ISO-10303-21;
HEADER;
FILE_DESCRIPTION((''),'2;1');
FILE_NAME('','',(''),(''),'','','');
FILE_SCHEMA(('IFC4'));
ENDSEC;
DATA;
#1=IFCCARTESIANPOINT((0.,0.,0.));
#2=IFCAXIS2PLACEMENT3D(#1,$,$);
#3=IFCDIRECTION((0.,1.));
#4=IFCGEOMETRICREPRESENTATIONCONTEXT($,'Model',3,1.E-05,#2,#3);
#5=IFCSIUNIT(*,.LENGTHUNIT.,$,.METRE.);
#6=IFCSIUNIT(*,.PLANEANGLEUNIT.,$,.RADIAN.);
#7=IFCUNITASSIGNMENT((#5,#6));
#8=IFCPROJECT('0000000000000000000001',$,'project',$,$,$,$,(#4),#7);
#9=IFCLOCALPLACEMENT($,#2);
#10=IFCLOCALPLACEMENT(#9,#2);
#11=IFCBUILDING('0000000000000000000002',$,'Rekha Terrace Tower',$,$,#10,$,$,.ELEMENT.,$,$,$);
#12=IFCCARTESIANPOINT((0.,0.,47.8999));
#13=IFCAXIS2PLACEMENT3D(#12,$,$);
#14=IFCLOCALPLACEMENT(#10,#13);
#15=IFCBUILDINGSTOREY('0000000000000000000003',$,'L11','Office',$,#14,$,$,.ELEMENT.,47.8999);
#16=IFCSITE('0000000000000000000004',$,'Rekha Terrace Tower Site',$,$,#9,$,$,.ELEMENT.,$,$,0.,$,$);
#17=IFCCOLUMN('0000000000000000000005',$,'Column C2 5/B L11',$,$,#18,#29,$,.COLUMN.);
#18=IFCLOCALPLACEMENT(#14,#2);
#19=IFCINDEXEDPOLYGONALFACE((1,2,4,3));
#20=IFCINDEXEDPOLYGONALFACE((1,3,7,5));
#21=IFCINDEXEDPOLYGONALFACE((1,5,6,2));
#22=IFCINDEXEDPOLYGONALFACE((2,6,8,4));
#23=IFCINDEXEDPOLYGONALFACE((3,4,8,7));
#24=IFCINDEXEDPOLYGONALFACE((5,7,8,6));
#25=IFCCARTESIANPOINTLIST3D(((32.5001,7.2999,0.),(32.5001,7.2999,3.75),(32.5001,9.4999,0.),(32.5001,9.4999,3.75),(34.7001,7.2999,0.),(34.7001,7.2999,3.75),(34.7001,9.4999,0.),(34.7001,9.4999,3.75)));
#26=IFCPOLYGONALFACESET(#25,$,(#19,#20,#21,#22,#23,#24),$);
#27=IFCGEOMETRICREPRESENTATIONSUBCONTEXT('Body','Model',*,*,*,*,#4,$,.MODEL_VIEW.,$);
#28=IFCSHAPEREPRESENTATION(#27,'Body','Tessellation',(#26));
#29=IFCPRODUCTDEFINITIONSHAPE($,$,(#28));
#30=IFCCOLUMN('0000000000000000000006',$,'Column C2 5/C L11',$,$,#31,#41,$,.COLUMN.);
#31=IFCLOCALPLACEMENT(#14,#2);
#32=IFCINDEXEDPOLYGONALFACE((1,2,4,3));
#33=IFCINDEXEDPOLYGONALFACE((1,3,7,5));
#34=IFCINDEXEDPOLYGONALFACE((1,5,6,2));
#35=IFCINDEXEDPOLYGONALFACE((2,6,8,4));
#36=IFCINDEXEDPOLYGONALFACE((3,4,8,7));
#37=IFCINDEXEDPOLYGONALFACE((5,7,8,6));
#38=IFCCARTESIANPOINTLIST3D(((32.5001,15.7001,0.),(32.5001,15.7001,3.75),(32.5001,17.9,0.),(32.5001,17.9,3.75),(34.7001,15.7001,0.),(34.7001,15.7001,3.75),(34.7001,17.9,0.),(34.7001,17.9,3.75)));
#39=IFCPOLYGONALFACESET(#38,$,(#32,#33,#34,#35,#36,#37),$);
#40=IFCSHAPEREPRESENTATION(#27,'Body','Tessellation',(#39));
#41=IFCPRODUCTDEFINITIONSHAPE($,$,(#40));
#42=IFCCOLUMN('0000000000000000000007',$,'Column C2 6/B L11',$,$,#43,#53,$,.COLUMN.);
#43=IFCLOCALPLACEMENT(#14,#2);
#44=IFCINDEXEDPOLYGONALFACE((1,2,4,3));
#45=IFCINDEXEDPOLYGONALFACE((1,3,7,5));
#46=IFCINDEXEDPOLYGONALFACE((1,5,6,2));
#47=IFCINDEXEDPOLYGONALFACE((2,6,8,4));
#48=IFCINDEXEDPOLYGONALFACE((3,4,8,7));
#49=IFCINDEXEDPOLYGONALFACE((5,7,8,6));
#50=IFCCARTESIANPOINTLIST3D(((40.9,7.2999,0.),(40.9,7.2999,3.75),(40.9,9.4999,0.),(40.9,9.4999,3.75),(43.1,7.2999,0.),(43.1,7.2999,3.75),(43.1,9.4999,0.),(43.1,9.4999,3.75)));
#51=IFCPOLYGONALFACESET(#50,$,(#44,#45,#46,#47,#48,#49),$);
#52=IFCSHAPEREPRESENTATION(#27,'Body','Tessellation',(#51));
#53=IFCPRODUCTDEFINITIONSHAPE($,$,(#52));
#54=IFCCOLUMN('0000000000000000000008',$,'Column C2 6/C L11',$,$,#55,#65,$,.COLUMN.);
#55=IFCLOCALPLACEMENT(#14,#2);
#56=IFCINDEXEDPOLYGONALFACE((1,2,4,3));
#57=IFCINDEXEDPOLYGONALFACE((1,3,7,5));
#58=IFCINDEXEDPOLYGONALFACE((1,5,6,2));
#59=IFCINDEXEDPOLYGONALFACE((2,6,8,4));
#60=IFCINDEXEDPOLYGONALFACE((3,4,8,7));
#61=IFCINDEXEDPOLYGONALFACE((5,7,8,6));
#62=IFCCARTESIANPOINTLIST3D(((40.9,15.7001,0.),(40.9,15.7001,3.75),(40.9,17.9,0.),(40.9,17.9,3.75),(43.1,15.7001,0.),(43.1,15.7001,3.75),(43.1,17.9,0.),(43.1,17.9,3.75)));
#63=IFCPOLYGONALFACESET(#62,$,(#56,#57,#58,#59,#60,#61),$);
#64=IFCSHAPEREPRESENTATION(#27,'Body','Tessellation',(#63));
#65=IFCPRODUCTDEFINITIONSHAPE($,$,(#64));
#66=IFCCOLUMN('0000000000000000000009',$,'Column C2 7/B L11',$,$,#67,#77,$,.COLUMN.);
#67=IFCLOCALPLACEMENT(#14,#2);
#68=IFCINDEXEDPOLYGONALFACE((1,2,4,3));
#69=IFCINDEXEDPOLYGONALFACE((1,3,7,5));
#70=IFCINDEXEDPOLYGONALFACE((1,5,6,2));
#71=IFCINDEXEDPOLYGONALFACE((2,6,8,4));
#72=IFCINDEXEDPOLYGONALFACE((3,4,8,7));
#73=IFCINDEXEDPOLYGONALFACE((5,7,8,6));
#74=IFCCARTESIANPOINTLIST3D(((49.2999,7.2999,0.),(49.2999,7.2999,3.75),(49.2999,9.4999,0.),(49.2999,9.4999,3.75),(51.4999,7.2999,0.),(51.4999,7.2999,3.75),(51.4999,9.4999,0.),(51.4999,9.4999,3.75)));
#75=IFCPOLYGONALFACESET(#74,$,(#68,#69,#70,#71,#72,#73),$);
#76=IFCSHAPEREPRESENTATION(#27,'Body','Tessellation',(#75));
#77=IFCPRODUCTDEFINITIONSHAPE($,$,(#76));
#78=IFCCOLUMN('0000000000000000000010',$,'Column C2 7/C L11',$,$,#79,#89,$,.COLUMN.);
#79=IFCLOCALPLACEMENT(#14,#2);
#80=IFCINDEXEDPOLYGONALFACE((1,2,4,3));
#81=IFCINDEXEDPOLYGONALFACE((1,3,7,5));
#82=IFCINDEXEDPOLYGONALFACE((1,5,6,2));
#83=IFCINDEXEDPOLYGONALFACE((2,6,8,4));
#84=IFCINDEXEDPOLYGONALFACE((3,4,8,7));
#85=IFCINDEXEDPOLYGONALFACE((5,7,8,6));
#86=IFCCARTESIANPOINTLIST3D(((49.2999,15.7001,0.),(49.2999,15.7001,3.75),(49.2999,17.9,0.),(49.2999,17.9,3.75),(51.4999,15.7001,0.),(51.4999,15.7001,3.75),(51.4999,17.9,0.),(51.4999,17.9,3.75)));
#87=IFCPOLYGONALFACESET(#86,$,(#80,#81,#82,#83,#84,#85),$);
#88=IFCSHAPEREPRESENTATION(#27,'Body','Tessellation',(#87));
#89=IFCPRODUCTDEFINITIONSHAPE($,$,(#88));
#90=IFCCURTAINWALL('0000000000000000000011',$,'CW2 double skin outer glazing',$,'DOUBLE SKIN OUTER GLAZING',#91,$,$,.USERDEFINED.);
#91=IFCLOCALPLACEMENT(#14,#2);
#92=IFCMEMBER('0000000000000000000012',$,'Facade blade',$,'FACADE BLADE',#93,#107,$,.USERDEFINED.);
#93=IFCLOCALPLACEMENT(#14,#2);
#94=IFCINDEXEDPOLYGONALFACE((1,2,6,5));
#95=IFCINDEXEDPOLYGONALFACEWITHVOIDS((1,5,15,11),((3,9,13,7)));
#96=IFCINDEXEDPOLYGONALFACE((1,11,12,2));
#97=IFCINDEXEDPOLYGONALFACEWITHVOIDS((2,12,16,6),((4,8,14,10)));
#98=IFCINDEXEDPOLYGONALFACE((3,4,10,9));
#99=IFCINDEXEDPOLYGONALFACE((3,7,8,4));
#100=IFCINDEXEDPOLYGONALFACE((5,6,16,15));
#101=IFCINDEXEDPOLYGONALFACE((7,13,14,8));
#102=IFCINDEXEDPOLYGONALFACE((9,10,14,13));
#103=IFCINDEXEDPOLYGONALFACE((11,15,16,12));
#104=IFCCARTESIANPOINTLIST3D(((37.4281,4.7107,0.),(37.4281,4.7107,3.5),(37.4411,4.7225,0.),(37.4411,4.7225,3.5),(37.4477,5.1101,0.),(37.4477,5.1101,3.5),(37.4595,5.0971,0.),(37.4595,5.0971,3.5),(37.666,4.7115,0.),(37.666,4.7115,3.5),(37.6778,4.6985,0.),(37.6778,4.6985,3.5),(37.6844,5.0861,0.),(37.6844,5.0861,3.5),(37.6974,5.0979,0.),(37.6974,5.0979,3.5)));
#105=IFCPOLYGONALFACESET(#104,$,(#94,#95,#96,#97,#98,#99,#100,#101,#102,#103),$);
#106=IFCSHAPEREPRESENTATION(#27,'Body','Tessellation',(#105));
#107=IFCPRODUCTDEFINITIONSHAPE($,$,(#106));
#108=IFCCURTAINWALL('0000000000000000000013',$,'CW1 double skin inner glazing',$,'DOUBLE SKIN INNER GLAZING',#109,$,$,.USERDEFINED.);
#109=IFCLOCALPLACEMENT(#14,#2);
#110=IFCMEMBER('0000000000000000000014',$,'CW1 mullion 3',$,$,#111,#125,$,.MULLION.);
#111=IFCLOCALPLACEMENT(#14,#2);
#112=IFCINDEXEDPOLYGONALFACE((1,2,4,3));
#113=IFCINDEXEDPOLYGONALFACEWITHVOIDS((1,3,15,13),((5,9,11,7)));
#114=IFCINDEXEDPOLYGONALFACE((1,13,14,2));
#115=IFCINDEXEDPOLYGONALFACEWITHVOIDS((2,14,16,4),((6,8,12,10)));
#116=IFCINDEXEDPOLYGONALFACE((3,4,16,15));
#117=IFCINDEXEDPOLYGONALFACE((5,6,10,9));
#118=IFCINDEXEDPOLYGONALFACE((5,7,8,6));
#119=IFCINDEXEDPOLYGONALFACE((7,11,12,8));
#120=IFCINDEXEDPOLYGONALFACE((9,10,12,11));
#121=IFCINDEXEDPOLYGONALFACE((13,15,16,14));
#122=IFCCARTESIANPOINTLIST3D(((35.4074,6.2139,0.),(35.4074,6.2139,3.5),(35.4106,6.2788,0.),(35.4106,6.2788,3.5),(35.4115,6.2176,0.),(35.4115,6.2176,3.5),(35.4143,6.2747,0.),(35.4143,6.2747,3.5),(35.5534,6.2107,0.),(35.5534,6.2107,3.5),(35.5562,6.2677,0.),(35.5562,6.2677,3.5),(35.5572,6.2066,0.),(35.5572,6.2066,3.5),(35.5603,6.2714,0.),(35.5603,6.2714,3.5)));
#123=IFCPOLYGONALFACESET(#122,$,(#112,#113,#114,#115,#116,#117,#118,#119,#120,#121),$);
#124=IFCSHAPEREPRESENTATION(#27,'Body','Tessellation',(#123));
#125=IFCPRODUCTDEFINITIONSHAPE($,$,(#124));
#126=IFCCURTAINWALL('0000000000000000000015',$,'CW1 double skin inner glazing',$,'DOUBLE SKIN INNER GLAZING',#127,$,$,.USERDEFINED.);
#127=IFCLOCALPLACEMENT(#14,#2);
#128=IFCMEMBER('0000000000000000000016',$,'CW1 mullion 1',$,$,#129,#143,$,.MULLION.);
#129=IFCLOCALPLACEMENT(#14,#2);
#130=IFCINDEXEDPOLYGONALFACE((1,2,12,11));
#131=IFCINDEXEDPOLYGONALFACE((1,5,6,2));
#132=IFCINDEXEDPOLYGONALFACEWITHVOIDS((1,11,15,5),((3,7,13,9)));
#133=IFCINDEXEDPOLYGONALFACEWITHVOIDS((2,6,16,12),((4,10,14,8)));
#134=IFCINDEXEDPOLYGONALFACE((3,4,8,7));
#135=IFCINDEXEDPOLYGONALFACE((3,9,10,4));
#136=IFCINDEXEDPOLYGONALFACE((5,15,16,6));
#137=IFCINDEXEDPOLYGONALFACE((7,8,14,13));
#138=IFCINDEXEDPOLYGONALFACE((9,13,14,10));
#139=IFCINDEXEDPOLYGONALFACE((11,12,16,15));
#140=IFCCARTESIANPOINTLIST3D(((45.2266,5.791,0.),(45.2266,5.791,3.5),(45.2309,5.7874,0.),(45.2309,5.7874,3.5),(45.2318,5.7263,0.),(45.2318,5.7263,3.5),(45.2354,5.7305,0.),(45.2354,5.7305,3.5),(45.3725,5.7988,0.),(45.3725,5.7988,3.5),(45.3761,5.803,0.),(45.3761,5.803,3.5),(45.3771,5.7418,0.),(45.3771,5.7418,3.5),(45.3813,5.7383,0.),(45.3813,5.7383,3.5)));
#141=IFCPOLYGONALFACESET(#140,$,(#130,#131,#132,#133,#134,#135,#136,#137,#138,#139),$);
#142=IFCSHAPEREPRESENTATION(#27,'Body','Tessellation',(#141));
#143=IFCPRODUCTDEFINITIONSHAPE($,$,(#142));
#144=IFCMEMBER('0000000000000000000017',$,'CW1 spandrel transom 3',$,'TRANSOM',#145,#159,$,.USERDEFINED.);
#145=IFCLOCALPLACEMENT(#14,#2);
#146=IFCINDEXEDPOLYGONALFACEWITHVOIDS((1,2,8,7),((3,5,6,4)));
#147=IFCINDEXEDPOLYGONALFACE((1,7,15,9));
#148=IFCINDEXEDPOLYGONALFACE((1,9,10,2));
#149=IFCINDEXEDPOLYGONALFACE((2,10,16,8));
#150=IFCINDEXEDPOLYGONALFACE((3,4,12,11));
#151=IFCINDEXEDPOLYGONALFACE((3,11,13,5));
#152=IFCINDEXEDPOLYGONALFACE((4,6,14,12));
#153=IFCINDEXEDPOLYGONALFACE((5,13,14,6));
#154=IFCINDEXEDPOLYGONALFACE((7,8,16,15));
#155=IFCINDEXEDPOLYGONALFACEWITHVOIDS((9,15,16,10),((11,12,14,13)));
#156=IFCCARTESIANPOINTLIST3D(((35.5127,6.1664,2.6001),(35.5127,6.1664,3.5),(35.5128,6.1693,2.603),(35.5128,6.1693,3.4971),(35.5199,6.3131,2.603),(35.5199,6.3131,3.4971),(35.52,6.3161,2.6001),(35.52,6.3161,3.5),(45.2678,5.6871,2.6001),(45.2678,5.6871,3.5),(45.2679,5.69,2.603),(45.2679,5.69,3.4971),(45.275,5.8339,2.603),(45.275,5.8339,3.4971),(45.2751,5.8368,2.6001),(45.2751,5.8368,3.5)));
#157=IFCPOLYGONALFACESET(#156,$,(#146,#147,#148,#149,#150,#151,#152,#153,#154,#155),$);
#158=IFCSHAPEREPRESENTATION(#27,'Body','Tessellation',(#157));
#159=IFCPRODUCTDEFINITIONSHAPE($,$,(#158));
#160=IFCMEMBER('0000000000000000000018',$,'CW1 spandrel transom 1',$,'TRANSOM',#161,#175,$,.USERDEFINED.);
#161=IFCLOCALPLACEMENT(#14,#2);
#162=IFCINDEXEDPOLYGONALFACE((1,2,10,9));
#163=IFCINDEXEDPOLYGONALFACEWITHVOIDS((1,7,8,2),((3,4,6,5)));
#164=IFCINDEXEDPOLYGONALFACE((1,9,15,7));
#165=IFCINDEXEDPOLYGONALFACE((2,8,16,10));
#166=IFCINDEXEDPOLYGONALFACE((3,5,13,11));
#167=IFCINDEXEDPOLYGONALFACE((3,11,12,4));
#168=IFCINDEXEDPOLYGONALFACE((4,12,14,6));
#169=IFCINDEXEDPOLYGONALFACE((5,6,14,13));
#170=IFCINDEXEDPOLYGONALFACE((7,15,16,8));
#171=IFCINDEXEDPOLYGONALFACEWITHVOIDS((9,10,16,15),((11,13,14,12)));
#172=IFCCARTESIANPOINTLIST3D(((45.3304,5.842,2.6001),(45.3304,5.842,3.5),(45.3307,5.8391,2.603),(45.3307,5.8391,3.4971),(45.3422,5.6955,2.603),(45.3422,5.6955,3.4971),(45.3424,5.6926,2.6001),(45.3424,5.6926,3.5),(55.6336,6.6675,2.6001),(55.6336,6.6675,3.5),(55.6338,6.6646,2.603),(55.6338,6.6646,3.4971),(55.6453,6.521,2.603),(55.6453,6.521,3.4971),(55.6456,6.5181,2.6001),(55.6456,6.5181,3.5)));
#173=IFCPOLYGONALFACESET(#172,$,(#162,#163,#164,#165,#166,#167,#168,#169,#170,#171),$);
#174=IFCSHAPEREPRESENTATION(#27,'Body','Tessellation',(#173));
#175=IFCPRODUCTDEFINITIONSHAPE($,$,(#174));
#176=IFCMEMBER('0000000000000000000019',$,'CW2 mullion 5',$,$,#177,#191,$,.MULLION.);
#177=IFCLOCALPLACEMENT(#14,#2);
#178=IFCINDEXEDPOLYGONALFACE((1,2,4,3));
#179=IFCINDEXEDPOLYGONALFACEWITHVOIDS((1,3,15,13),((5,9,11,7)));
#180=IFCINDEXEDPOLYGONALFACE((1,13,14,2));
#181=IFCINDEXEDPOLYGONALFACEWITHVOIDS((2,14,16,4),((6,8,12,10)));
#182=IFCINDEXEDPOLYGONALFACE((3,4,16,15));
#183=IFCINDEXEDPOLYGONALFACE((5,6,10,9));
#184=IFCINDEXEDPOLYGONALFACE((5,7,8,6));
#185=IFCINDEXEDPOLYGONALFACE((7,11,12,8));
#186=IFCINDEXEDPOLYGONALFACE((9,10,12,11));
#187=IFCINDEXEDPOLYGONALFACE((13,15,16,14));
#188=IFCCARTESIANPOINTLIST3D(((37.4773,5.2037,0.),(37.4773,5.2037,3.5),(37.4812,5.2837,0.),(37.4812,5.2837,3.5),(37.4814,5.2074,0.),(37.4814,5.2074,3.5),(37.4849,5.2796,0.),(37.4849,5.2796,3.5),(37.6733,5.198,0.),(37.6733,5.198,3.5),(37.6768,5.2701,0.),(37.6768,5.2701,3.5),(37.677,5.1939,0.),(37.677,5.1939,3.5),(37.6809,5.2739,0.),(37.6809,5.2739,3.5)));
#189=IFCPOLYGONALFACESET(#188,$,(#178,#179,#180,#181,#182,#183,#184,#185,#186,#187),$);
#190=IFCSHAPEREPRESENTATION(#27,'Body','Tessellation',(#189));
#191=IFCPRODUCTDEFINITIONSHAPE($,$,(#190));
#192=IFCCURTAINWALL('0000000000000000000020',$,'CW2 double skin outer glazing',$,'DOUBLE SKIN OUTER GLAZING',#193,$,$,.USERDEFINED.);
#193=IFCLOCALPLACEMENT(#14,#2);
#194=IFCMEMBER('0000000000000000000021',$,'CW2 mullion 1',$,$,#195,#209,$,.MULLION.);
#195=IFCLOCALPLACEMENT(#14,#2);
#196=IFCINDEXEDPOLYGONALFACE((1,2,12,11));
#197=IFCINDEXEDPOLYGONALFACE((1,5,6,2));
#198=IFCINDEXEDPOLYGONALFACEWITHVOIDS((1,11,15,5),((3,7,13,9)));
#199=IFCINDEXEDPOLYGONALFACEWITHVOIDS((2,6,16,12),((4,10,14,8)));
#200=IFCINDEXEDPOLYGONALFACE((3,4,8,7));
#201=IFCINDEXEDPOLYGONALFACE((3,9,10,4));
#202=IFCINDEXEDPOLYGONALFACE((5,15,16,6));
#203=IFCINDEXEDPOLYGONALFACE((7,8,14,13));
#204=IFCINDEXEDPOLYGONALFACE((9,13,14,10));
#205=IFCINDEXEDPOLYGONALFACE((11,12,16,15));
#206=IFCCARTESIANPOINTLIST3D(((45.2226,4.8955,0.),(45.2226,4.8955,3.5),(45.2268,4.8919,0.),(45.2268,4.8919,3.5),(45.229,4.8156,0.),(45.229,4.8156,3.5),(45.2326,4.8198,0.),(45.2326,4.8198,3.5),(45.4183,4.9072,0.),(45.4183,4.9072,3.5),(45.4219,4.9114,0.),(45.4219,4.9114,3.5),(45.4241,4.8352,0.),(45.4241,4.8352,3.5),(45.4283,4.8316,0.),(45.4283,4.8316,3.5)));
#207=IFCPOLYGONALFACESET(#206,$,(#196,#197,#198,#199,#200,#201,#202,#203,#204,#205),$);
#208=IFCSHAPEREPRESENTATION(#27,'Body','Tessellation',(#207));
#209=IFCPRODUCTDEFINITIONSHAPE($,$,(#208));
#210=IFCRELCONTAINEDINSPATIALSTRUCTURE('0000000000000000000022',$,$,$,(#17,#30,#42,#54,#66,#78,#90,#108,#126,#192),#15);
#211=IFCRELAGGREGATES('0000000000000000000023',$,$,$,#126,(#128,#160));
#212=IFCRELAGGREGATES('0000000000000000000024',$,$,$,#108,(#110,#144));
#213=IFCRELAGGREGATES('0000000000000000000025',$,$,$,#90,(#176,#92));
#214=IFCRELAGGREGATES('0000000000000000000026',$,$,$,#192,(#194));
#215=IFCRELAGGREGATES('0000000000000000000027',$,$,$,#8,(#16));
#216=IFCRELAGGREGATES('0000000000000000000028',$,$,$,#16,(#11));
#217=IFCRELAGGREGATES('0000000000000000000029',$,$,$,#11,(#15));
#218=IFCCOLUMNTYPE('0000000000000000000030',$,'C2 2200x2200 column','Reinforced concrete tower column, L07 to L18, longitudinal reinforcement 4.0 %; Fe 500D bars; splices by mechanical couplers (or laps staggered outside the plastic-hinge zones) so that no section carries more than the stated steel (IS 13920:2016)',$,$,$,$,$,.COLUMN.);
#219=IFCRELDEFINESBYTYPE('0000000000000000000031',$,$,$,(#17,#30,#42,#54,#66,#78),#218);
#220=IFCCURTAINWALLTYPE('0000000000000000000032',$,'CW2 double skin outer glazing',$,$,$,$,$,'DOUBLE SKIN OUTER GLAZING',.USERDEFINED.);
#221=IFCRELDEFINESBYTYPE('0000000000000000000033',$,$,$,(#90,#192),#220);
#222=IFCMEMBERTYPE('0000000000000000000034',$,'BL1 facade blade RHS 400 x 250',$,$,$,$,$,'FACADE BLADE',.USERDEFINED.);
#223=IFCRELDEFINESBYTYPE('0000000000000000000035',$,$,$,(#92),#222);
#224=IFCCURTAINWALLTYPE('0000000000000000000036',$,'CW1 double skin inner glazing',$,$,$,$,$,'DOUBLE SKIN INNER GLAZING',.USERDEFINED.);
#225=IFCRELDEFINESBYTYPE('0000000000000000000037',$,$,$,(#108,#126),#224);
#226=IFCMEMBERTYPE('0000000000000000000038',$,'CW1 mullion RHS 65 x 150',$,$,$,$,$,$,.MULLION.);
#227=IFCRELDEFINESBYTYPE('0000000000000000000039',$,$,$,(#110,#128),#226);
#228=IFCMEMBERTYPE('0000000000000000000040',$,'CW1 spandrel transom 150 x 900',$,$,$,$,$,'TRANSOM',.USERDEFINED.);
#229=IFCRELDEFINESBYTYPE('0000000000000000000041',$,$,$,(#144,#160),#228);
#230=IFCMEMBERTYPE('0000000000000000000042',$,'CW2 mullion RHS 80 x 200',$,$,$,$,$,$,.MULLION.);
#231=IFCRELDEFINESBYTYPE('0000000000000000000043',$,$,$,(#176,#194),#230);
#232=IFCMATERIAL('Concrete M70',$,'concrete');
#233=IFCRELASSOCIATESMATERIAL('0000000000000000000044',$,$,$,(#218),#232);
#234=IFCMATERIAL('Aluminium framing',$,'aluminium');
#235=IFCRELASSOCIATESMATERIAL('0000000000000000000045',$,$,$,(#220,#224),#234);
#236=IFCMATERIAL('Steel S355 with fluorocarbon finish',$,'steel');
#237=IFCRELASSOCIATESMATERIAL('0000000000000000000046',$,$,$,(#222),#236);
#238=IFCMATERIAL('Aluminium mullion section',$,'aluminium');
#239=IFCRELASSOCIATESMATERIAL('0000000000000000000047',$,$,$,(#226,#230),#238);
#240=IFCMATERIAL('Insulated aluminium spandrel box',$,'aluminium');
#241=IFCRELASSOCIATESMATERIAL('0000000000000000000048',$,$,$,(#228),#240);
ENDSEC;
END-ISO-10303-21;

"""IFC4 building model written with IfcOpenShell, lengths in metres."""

from ifc_helpers import new_model, si_unit, direction, frame, origin, origin_2d, place, context, subcontext, project, spatial, rectangle, hollow_rectangle, extrude, material, material_profile, profile_set, type_object, element, aggregate, save


model = new_model("IFC4")

# Units and contexts
model_context = context("Model", 3, precision=1e-05, world=origin(), true_north=direction((0.0, 1.0)))
body_context = subcontext(model_context, "Body", "Model", "MODEL_VIEW")
ifc_project = project(units=[si_unit("LENGTHUNIT", "METRE"), si_unit("PLANEANGLEUNIT", "RADIAN")], contexts=[model_context])

# Site, building, storey
site_placement = place(None, origin())
site = spatial("IfcSite", under=ifc_project, at=site_placement, Name="Rekha Terrace Tower Site", CompositionType="ELEMENT", RefElevation=0.0)
building_placement = place(site_placement, origin())
building = spatial("IfcBuilding", under=site, at=building_placement, Name="Rekha Terrace Tower", CompositionType="ELEMENT")
storey_placement = place(building_placement, frame((0.0, 0.0, 47.8999)))
storey = spatial("IfcBuildingStorey", under=building, at=storey_placement, Name="L11", Description="Office", CompositionType="ELEMENT", Elevation=47.8999)

# Columns
ifc_material_1 = material(Name="Concrete M70", Category="concrete")
ifc_material_profile_1 = material_profile(ifc_material_1, rectangle(XDim=2.2, YDim=2.2, at=origin_2d()), Name="RC 2200x2200")
ifc_profile_set_1 = profile_set([ifc_material_profile_1], Name="Concrete M70")
column_type = type_object("IfcColumnType", Name="C2 2200x2200 column", Description="Reinforced concrete tower column, L07 to L18, longitudinal reinforcement 4.0 %; Fe 500D bars; splices by mechanical couplers (or laps staggered outside the plastic-hinge zones) so that no section carries more than the stated steel (IS 13920:2016)", PredefinedType="COLUMN", material=ifc_profile_set_1)
for number, where, z_axis, x_axis, name in (
    (1, (33.6001, 8.3999, 0.0), (0.0, 0.0, 1.0), (1.0, 0.0, 0.0), "Column C2 5/B L11"),
    (2, (33.6001, 16.8, 0.0), (0.0, 0.0, 1.0), (1.0, 0.0, 0.0), "Column C2 5/C L11"),
    (3, (42.0, 8.3999, 0.0), (0.0, 0.0, 1.0), (1.0, 0.0, 0.0), "Column C2 6/B L11"),
    (4, (42.0, 16.8, 0.0), (0.0, 0.0, 1.0), (1.0, 0.0, 0.0), "Column C2 6/C L11"),
    (5, (50.3999, 8.3999, 0.0), (0.0, 0.0, 1.0), (1.0, 0.0, 0.0), "Column C2 7/B L11"),
    (6, (50.3999, 16.8, 0.0), (0.0, 0.0, 1.0), (1.0, 0.0, 0.0), "Column C2 7/C L11"),
):
    element("IfcColumn", number, at=place(storey_placement, frame(where, z_axis=z_axis, x_axis=x_axis)), inside=storey, type_object=column_type, Name=name, PredefinedType="COLUMN", context=body_context, shape_type="SweptSolid", body=[
        extrude(rectangle(XDim=2.2, YDim=2.2, at=origin_2d()), origin(), (0.0, 0.0, 1.0), 3.75),
    ])

# Curtain walls, members
ifc_material_2 = material(Name="Aluminium framing", Category="aluminium")
curtain_wall_type_1 = type_object("IfcCurtainWallType", Name="CW2 double skin outer glazing", ElementType="DOUBLE SKIN OUTER GLAZING", PredefinedType="USERDEFINED", material=ifc_material_2)
curtain_wall_1_placement = place(storey_placement, origin())
curtain_wall_1 = element("IfcCurtainWall", 7, at=curtain_wall_1_placement, inside=storey, type_object=curtain_wall_type_1, Name="CW2 double skin outer glazing", ObjectType="DOUBLE SKIN OUTER GLAZING", PredefinedType="USERDEFINED")
ifc_material_3 = material(Name="Steel S355 with fluorocarbon finish", Category="steel")
ifc_material_profile_2 = material_profile(ifc_material_3, hollow_rectangle(XDim=0.25, YDim=0.3999, WallThickness=0.0125, at=origin_2d()), Name="RHS400x250x12.5")
ifc_profile_set_2 = profile_set([ifc_material_profile_2], Name="Steel S355 with fluorocarbon finish")
member_type_1 = type_object("IfcMemberType", Name="BL1 facade blade RHS 400 x 250", ElementType="FACADE BLADE", PredefinedType="USERDEFINED", material=ifc_profile_set_2)
member_1_placement = place(storey_placement, frame((37.5627, 4.9043, 0.0), z_axis=(0.0, 0.0, 1.0), x_axis=(0.998796, -0.049052, 0.0)))
member_1 = element("IfcMember", 8, at=member_1_placement, type_object=member_type_1, Name="Facade blade", ObjectType="FACADE BLADE", PredefinedType="USERDEFINED", context=body_context, shape_type="SweptSolid", body=[
    extrude(hollow_rectangle(XDim=0.25, YDim=0.3999, WallThickness=0.0125, at=origin_2d()), origin(), (0.0, 0.0, 1.0), 3.5),
])
curtain_wall_type_2 = type_object("IfcCurtainWallType", Name="CW1 double skin inner glazing", ElementType="DOUBLE SKIN INNER GLAZING", PredefinedType="USERDEFINED", material=ifc_material_2)
curtain_wall_2_placement = place(storey_placement, origin())
curtain_wall_2 = element("IfcCurtainWall", 9, at=curtain_wall_2_placement, inside=storey, type_object=curtain_wall_type_2, Name="CW1 double skin inner glazing", ObjectType="DOUBLE SKIN INNER GLAZING", PredefinedType="USERDEFINED")
ifc_material_4 = material(Name="Aluminium mullion section", Category="aluminium")
ifc_material_profile_3 = material_profile(ifc_material_4, hollow_rectangle(XDim=0.0649, YDim=0.1499, WallThickness=0.0039, at=origin_2d()), Name="AL RHS 65x150")
ifc_profile_set_3 = profile_set([ifc_material_profile_3], Name="Aluminium mullion section")
member_type_2 = type_object("IfcMemberType", Name="CW1 mullion RHS 65 x 150", PredefinedType="MULLION", material=ifc_profile_set_3)
member_2_placement = place(storey_placement, frame((35.4839, 6.2427, 0.0), z_axis=(0.0, 0.0, 1.0), x_axis=(0.049052, 0.998796, 0.0)))
member_2 = element("IfcMember", 10, at=member_2_placement, type_object=member_type_2, Name="CW1 mullion 3", PredefinedType="MULLION", context=body_context, shape_type="SweptSolid", body=[
    extrude(hollow_rectangle(XDim=0.0649, YDim=0.1499, WallThickness=0.0039, at=origin_2d()), origin(), (0.0, 0.0, 1.0), 3.5),
])
curtain_wall_3_placement = place(storey_placement, origin())
curtain_wall_3 = element("IfcCurtainWall", 11, at=curtain_wall_3_placement, inside=storey, type_object=curtain_wall_type_2, Name="CW1 double skin inner glazing", ObjectType="DOUBLE SKIN INNER GLAZING", PredefinedType="USERDEFINED")
member_3_placement = place(storey_placement, frame((45.304, 5.7646, 0.0), z_axis=(0.0, 0.0, 1.0), x_axis=(-0.079872, 0.996805, 0.0)))
member_3 = element("IfcMember", 12, at=member_3_placement, type_object=member_type_2, Name="CW1 mullion 1", PredefinedType="MULLION", context=body_context, shape_type="SweptSolid", body=[
    extrude(hollow_rectangle(XDim=0.0649, YDim=0.1499, WallThickness=0.0039, at=origin_2d()), origin(), (0.0, 0.0, 1.0), 3.5),
])

# Members
ifc_material_5 = material(Name="Insulated aluminium spandrel box", Category="aluminium")
ifc_material_profile_4 = material_profile(ifc_material_5, hollow_rectangle(XDim=0.1499, YDim=0.8999, WallThickness=0.0029, at=origin_2d()), Name="AL SPANDREL BOX 150x900")
ifc_profile_set_4 = profile_set([ifc_material_profile_4], Name="Insulated aluminium spandrel box")
member_type_3 = type_object("IfcMemberType", Name="CW1 spandrel transom 150 x 900", ElementType="TRANSOM", PredefinedType="USERDEFINED", material=ifc_profile_set_4)
member_4_placement = place(storey_placement, frame((35.5164, 6.2412, 3.05), z_axis=(0.998795, -0.049069, 0.0), x_axis=(0.049069, 0.998795, 0.0)))
member_4 = element("IfcMember", 13, at=member_4_placement, type_object=member_type_3, Name="CW1 spandrel transom 3", ObjectType="TRANSOM", PredefinedType="USERDEFINED", context=body_context, shape_type="SweptSolid", body=[
    extrude(hollow_rectangle(XDim=0.1499, YDim=0.8999, WallThickness=0.0029, at=origin_2d()), origin(), (0.0, 0.0, 1.0), 9.7668),
])
member_5_placement = place(storey_placement, frame((45.3364, 5.7673, 3.05), z_axis=(0.996806, 0.079859, 0.0), x_axis=(-0.079859, 0.996806, 0.0)))
member_5 = element("IfcMember", 14, at=member_5_placement, type_object=member_type_3, Name="CW1 spandrel transom 1", ObjectType="TRANSOM", PredefinedType="USERDEFINED", context=body_context, shape_type="SweptSolid", body=[
    extrude(hollow_rectangle(XDim=0.1499, YDim=0.8999, WallThickness=0.0029, at=origin_2d()), origin(), (0.0, 0.0, 1.0), 10.3362),
])
aggregate(curtain_wall_3, [member_3, member_5])
ifc_material_profile_5 = material_profile(ifc_material_4, hollow_rectangle(XDim=0.0801, YDim=0.2, WallThickness=0.0039, at=origin_2d()), Name="AL RHS 80x200")
ifc_profile_set_5 = profile_set([ifc_material_profile_5], Name="Aluminium mullion section")
member_type_4 = type_object("IfcMemberType", Name="CW2 mullion RHS 80 x 200", PredefinedType="MULLION", material=ifc_profile_set_5)
member_6_placement = place(storey_placement, frame((37.5791, 5.2388, 0.0), z_axis=(0.0, 0.0, 1.0), x_axis=(0.049052, 0.998796, 0.0)))
member_6 = element("IfcMember", 15, at=member_6_placement, type_object=member_type_4, Name="CW2 mullion 5", PredefinedType="MULLION", context=body_context, shape_type="SweptSolid", body=[
    extrude(hollow_rectangle(XDim=0.0801, YDim=0.2, WallThickness=0.0039, at=origin_2d()), origin(), (0.0, 0.0, 1.0), 3.5),
])

# Curtain wall, member
curtain_wall_4_placement = place(storey_placement, origin())
curtain_wall_4 = element("IfcCurtainWall", 16, at=curtain_wall_4_placement, inside=storey, type_object=curtain_wall_type_1, Name="CW2 double skin outer glazing", ObjectType="DOUBLE SKIN OUTER GLAZING", PredefinedType="USERDEFINED")
member_7_placement = place(storey_placement, frame((45.3254, 4.8635, 0.0), z_axis=(0.0, 0.0, 1.0), x_axis=(-0.079872, 0.996805, 0.0)))
member_7 = element("IfcMember", 17, at=member_7_placement, type_object=member_type_4, Name="CW2 mullion 1", PredefinedType="MULLION", context=body_context, shape_type="SweptSolid", body=[
    extrude(hollow_rectangle(XDim=0.0801, YDim=0.2, WallThickness=0.0039, at=origin_2d()), origin(), (0.0, 0.0, 1.0), 3.5),
])

aggregate(curtain_wall_2, [member_2, member_4])
aggregate(curtain_wall_1, [member_6, member_1])
aggregate(curtain_wall_4, [member_7])

save(model, "model.ifc")
